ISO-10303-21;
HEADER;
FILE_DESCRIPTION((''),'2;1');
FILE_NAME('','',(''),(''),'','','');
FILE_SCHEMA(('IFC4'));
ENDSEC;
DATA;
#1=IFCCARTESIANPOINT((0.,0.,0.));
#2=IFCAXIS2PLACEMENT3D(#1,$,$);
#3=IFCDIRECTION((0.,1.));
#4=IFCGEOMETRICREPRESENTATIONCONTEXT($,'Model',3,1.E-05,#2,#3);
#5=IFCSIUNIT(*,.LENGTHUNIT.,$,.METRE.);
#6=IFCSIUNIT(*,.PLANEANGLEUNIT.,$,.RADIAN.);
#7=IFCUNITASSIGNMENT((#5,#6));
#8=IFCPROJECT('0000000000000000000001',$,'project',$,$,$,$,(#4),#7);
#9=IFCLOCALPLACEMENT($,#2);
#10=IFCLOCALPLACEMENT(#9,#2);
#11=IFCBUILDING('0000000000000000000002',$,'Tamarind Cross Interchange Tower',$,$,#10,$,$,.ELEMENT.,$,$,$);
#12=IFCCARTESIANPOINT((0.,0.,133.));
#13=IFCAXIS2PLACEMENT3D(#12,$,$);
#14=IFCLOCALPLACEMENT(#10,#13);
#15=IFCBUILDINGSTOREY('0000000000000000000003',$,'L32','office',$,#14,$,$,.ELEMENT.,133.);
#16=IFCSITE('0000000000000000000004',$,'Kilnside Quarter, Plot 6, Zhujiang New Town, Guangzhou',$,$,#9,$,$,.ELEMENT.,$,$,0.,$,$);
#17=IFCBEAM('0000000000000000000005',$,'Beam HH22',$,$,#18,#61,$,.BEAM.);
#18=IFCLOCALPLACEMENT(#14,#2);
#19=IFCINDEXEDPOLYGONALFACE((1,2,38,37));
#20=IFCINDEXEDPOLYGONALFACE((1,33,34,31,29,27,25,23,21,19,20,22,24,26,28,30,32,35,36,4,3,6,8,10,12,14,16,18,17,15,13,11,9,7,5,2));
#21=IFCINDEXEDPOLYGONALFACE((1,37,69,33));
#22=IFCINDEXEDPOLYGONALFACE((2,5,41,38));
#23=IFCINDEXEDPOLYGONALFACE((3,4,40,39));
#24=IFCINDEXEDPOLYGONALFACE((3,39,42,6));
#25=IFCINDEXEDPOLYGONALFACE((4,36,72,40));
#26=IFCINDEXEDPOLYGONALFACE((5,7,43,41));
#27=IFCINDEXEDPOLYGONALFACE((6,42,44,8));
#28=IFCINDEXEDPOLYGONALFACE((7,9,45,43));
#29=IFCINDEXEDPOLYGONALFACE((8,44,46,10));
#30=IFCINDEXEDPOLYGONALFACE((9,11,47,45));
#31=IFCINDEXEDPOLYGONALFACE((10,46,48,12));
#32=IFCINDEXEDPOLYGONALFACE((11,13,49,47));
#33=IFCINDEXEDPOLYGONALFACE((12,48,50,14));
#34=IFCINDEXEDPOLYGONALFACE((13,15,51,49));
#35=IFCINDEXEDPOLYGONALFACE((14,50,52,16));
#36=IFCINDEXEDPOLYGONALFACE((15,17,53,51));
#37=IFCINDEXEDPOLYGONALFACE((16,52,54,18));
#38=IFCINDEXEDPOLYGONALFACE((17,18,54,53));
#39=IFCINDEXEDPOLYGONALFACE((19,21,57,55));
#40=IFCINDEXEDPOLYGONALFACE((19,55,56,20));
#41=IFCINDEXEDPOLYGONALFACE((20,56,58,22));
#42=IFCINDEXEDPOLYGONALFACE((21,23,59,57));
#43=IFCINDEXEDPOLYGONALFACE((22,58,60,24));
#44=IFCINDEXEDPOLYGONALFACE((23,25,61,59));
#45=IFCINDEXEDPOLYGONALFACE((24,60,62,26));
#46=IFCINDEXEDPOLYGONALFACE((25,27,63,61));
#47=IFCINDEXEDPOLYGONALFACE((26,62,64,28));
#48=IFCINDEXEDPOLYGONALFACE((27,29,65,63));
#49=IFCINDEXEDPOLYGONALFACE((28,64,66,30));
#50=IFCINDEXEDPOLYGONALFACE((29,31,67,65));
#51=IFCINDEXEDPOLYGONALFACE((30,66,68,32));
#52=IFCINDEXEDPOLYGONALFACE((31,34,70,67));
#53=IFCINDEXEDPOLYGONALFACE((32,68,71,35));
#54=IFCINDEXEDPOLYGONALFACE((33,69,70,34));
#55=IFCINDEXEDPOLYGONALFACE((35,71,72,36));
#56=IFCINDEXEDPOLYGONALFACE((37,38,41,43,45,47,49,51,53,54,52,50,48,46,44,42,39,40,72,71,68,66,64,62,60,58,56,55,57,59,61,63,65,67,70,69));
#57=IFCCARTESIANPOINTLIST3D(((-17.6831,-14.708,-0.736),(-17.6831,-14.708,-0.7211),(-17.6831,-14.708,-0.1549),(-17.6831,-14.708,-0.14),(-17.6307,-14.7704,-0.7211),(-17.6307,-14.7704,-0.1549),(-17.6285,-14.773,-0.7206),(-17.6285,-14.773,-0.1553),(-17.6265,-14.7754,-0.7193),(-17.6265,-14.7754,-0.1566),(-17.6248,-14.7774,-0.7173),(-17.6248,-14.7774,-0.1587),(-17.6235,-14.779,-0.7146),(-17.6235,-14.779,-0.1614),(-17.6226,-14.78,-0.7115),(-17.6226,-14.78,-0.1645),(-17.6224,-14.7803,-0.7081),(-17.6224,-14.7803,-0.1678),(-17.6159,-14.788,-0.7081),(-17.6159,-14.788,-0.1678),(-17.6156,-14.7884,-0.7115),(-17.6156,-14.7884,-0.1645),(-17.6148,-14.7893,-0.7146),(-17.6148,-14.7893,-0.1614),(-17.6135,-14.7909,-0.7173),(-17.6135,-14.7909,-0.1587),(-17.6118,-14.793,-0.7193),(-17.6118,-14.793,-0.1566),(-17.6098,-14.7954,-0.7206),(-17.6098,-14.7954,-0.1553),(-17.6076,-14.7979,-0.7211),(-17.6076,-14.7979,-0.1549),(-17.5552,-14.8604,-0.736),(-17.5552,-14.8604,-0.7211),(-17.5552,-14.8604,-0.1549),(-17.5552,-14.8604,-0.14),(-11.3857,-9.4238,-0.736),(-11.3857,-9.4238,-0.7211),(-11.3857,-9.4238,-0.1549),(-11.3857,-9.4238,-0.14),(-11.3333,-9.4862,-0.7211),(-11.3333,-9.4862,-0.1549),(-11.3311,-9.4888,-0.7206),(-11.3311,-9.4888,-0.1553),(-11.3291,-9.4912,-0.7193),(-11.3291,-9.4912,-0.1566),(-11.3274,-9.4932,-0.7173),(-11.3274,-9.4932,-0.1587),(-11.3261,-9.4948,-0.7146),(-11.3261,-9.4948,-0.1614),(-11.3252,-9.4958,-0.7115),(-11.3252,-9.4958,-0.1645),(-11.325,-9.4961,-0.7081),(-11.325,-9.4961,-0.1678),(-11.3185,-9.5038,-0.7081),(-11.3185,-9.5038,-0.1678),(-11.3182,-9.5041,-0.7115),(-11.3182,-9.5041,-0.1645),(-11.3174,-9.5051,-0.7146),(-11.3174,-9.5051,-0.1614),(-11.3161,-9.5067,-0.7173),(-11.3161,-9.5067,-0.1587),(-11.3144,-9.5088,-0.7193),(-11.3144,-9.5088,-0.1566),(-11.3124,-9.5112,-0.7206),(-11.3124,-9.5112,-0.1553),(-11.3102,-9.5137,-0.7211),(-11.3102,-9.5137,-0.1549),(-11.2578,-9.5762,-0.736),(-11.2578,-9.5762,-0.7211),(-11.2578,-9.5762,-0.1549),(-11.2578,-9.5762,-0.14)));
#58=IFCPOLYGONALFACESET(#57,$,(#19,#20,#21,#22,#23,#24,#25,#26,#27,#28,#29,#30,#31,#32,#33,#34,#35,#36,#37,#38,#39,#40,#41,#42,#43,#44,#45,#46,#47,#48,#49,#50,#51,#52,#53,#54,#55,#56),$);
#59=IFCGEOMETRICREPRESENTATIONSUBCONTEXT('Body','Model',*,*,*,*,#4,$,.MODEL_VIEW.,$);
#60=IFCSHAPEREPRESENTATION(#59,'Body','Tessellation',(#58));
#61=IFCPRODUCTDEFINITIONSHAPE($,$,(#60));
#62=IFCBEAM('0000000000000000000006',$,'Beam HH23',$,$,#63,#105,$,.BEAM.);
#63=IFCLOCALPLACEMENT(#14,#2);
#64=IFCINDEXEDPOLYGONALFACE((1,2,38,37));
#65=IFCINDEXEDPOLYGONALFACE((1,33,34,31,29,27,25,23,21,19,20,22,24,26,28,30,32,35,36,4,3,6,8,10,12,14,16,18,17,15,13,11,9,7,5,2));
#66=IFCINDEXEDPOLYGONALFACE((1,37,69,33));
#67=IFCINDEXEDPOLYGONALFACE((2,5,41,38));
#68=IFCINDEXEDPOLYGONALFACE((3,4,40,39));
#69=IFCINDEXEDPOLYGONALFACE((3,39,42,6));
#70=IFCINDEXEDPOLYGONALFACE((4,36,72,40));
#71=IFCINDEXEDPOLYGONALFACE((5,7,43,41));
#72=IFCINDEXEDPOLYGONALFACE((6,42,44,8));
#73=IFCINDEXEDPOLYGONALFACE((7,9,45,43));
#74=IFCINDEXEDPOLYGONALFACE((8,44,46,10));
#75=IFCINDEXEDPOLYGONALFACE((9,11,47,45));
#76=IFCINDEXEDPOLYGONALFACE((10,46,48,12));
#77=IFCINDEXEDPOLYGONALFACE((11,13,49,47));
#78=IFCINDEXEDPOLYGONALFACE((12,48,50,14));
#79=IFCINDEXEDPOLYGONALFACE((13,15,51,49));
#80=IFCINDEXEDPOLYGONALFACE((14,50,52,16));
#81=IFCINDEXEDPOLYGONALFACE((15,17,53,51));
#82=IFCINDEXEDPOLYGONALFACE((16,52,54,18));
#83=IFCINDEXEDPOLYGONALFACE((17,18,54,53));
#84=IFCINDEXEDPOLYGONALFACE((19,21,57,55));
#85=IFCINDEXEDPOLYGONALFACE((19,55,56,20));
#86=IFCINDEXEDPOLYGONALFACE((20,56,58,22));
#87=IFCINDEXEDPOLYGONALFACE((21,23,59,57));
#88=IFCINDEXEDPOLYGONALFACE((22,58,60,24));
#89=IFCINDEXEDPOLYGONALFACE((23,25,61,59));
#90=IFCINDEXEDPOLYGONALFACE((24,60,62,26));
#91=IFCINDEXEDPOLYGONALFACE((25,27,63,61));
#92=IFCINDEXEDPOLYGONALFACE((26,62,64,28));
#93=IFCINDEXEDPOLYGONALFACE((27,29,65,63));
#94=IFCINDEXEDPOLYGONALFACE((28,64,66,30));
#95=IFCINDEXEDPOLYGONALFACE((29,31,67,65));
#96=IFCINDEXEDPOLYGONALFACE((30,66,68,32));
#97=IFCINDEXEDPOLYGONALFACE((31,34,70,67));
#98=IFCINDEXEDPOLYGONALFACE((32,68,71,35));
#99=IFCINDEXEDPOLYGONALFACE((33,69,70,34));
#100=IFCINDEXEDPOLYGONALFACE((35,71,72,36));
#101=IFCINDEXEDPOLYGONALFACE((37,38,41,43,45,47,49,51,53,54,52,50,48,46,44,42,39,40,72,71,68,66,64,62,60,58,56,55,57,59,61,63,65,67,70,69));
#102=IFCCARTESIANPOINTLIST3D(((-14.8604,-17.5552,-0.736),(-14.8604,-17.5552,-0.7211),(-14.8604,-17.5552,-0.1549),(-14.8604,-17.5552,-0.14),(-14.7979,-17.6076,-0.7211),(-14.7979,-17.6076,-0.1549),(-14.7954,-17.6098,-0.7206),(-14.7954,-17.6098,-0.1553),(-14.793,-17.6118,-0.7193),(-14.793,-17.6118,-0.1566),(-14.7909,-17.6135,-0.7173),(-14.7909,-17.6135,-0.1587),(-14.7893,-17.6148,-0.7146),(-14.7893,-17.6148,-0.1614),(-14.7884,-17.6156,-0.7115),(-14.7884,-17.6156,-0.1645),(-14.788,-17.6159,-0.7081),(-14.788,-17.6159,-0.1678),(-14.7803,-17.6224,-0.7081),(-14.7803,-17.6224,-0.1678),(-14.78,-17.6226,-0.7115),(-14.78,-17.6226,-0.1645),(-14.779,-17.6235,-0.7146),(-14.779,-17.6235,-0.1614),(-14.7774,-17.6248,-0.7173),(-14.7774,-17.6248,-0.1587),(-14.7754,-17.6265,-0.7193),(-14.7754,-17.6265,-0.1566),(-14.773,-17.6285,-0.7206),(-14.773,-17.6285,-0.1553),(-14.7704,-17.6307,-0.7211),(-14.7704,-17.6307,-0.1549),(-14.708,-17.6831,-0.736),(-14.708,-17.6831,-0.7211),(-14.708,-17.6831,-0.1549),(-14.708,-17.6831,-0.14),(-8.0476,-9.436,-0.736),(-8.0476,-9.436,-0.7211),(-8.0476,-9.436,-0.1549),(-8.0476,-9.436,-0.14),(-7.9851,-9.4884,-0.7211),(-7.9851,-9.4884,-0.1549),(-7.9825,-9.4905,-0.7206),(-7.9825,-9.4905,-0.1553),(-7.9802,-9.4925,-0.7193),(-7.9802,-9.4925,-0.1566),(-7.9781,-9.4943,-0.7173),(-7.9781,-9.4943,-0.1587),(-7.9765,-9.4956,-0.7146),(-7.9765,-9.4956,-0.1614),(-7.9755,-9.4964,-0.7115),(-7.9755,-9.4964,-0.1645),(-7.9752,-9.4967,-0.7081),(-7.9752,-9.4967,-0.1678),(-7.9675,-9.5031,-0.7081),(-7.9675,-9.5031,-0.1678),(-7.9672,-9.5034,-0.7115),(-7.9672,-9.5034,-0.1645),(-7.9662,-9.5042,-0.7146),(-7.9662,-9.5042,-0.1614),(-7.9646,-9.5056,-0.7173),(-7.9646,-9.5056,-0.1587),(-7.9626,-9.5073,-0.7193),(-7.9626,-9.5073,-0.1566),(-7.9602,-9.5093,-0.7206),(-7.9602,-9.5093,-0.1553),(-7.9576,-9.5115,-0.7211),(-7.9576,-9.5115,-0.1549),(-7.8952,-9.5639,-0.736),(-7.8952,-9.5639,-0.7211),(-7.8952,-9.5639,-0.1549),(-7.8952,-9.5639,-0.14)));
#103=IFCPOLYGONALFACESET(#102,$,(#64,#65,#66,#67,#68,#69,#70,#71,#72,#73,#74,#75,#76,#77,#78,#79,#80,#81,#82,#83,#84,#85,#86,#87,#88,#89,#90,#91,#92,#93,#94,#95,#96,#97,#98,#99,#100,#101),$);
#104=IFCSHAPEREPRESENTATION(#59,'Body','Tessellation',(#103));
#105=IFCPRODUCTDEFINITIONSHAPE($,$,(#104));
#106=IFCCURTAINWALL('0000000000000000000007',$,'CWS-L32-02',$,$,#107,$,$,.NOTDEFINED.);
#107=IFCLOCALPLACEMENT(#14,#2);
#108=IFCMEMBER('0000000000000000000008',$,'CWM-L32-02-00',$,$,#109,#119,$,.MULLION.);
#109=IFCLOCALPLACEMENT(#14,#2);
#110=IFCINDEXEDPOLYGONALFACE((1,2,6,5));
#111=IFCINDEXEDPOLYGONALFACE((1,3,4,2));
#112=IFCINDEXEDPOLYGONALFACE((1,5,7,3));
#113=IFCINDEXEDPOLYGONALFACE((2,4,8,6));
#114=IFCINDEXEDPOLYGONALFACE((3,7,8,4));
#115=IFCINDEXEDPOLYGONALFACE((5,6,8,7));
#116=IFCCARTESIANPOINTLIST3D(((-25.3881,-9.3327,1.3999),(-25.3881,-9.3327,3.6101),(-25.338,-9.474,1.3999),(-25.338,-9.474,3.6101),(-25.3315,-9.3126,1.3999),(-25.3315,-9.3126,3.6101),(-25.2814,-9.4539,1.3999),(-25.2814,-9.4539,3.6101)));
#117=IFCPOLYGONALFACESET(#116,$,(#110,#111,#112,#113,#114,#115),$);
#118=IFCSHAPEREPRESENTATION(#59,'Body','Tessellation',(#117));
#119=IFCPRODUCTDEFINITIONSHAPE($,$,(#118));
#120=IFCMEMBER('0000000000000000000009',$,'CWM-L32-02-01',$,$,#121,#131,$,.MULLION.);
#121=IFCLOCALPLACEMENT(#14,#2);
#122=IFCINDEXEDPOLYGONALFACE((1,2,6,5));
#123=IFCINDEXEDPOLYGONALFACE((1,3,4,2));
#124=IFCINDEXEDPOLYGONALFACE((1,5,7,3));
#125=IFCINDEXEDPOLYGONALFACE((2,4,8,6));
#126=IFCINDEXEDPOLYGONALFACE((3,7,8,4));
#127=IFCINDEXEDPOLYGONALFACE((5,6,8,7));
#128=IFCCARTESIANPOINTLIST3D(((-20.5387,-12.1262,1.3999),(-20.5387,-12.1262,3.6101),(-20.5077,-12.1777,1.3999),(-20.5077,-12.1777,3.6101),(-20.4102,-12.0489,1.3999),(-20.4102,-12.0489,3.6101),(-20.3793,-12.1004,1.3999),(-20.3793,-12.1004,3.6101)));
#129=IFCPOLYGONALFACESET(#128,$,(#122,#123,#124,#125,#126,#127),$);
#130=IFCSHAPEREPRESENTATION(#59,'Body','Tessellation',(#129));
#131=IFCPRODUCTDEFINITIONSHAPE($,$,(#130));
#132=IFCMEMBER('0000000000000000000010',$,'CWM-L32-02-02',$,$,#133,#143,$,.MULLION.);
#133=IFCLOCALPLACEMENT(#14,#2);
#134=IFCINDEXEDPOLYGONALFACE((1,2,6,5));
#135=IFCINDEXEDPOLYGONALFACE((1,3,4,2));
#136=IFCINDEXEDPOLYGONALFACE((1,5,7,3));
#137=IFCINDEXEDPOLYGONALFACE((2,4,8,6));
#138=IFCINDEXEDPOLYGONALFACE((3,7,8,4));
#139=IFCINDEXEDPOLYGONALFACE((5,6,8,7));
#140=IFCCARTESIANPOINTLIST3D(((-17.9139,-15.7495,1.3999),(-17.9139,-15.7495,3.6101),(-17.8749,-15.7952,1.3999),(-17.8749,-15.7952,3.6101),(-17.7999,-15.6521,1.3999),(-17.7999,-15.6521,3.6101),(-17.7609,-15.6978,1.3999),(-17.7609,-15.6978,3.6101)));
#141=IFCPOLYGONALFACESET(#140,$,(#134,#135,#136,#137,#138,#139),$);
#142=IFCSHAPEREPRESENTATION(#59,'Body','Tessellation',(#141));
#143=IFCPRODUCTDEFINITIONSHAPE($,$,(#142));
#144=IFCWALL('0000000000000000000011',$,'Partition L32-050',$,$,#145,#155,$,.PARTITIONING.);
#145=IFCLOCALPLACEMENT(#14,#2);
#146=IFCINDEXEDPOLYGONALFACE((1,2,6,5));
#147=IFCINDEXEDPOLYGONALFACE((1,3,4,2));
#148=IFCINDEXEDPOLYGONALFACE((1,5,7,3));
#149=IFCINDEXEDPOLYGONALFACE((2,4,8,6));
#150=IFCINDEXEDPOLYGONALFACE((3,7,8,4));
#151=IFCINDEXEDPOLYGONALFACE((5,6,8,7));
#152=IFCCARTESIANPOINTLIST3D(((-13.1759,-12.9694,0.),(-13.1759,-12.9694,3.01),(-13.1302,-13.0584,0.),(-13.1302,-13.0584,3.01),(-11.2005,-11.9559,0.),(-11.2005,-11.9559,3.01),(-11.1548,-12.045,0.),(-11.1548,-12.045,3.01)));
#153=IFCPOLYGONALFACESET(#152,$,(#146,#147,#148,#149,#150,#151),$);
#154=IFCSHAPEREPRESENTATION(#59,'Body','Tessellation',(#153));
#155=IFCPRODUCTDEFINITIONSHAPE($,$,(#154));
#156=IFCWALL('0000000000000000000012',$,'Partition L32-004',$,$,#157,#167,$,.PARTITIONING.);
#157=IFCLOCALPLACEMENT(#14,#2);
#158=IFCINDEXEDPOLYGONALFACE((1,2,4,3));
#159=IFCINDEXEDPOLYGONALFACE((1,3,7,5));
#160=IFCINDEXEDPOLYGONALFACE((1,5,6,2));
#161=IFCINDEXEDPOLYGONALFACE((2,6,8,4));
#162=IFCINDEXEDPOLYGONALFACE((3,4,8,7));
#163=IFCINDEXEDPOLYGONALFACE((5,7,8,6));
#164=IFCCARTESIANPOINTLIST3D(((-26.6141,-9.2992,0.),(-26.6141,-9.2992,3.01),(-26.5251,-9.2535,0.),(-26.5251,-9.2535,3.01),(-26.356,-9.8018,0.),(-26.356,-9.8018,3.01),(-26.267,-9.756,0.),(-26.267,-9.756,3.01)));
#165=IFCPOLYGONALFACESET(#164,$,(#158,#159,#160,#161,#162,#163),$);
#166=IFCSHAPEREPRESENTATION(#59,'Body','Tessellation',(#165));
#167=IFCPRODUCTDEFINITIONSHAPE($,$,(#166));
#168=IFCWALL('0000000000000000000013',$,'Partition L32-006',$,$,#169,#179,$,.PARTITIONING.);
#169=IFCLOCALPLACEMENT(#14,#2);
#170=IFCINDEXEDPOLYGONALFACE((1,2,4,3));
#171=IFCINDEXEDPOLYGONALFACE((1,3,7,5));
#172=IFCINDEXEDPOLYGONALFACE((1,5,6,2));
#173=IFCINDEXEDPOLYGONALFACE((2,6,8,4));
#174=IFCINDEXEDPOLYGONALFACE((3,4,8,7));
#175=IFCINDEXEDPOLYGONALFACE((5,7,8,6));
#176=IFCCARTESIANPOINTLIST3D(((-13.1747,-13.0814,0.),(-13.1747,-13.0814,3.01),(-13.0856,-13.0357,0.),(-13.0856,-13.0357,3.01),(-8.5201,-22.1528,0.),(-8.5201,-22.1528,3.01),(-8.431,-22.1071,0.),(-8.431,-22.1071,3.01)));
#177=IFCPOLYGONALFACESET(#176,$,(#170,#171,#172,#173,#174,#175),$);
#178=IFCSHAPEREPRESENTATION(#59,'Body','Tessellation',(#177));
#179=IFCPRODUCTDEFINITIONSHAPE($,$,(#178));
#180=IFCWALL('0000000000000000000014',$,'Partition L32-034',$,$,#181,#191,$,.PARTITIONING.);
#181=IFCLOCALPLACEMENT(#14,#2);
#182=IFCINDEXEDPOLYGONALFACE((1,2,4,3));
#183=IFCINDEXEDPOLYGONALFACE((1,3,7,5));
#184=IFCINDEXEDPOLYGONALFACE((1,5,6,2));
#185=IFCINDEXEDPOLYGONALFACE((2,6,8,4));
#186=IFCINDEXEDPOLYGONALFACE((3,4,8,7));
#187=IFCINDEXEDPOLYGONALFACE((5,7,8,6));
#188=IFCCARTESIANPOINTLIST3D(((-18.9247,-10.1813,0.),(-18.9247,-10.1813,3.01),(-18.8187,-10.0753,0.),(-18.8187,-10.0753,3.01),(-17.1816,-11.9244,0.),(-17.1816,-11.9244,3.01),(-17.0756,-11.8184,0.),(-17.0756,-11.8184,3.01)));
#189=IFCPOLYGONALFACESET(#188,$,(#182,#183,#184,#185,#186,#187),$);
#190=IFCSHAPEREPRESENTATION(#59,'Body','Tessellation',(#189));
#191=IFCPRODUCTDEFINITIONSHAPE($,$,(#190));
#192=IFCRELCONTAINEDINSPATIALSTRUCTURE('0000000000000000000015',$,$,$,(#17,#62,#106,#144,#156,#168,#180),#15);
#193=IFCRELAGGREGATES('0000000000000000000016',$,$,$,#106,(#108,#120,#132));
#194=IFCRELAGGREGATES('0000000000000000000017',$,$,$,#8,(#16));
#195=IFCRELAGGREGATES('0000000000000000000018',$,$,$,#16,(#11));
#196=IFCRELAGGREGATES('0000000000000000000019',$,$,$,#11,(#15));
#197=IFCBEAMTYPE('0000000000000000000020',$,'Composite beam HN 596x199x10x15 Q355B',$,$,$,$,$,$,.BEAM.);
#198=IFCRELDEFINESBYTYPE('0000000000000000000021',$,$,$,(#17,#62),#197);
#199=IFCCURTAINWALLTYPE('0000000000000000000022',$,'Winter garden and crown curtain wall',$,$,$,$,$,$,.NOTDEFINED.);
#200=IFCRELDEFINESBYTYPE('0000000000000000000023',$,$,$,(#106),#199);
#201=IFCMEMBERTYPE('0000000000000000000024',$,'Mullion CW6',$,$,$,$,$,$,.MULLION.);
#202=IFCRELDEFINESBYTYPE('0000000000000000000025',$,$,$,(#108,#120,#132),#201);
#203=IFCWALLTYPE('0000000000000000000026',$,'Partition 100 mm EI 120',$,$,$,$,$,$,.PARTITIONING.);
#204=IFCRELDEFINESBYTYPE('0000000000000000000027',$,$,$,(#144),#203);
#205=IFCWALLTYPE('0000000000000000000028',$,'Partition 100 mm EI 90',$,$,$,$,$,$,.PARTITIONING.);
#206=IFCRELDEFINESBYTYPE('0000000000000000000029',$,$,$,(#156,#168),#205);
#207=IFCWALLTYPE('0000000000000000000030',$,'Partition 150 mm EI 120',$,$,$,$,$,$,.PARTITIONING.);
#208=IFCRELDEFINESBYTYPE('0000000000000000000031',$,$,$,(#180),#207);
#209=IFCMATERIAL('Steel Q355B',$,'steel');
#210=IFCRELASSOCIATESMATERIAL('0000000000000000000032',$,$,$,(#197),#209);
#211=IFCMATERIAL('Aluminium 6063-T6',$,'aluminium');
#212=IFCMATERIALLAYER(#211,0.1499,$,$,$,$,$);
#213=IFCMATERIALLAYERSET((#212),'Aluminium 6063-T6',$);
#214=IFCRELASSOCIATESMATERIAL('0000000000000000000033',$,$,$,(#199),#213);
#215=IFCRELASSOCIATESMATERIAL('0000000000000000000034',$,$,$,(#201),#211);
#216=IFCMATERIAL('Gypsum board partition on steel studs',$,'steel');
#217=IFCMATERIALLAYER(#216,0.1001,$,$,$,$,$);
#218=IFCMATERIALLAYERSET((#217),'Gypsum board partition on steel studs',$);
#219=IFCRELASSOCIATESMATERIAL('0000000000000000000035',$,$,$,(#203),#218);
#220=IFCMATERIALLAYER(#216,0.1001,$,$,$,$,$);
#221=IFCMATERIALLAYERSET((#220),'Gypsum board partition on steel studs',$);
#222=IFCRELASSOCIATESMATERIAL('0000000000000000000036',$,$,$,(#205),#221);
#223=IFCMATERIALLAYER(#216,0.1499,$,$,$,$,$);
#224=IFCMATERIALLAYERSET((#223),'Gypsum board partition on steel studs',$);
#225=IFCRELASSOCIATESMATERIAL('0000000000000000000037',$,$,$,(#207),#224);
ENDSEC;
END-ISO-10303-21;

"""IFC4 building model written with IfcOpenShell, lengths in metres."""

from ifc_helpers import new_model, si_unit, direction, frame, frame_2d, origin, origin_2d, place, context, subcontext, project, spatial, rectangle, i_section, extrude, material, layer, layer_set, material_profile, profile_set, type_object, element, aggregate, save


model = new_model("IFC4")

# Units and contexts
model_context = context("Model", 3, precision=1e-05, world=origin(), true_north=direction((0.0, 1.0)))
body_context = subcontext(model_context, "Body", "Model", "MODEL_VIEW")
ifc_project = project(units=[si_unit("LENGTHUNIT", "METRE"), si_unit("PLANEANGLEUNIT", "RADIAN")], contexts=[model_context])

# Site, building, storey
site_placement = place(None, origin())
site = spatial("IfcSite", under=ifc_project, at=site_placement, Name="Kilnside Quarter, Plot 6, Zhujiang New Town, Guangzhou", CompositionType="ELEMENT", RefElevation=0.0)
building_placement = place(site_placement, origin())
building = spatial("IfcBuilding", under=site, at=building_placement, Name="Tamarind Cross Interchange Tower", CompositionType="ELEMENT")
storey_placement = place(building_placement, frame((0.0, 0.0, 133.0)))
storey = spatial("IfcBuildingStorey", under=building, at=storey_placement, Name="L32", Description="office", CompositionType="ELEMENT", Elevation=133.0)

# Beams
ifc_material_1 = material(Name="Steel Q355B", Category="steel")
ifc_material_profile_1 = material_profile(ifc_material_1, i_section(OverallWidth=0.199, OverallDepth=0.5959, WebThickness=0.01, FlangeThickness=0.0149, FilletRadius=0.0129, at=origin_2d()), Name="HN 596x199x10x15")
ifc_profile_set_1 = profile_set([ifc_material_profile_1], Name="Steel Q355B")
beam_type = type_object("IfcBeamType", Name="Composite beam HN 596x199x10x15 Q355B", PredefinedType="BEAM", material=ifc_profile_set_1)
beam_1_placement = place(storey_placement, frame((-17.6191, -14.7842, -0.438), z_axis=(0.766041, 0.642792, 0.0), x_axis=(-0.642792, 0.766041, 0.0)))
element("IfcBeam", 1, at=beam_1_placement, inside=storey, type_object=beam_type, Name="Beam HH22", PredefinedType="BEAM", context=body_context, shape_type="SweptSolid", body=[
    extrude(i_section(OverallWidth=0.199, OverallDepth=0.5959, WebThickness=0.01, FlangeThickness=0.0149, FilletRadius=0.0129, at=origin_2d()), origin(), (0.0, 0.0, 1.0), 8.2207),
])
beam_2_placement = place(storey_placement, frame((-14.7842, -17.6191, -0.438), z_axis=(0.642786, 0.766046, 0.0), x_axis=(-0.766046, 0.642786, 0.0)))
element("IfcBeam", 2, at=beam_2_placement, inside=storey, type_object=beam_type, Name="Beam HH23", PredefinedType="BEAM", context=body_context, shape_type="SweptSolid", body=[
    extrude(i_section(OverallWidth=0.199, OverallDepth=0.5959, WebThickness=0.01, FlangeThickness=0.0149, FilletRadius=0.0129, at=origin_2d()), origin(), (0.0, 0.0, 1.0), 10.5989),
])

# Curtain wall, members
ifc_material_2 = material(Name="Aluminium 6063-T6", Category="aluminium")
ifc_layer_1 = layer(ifc_material_2, 0.1499)
ifc_layer_set_1 = layer_set([ifc_layer_1], Name="Aluminium 6063-T6")
curtain_wall_type = type_object("IfcCurtainWallType", Name="Winter garden and crown curtain wall", PredefinedType="NOTDEFINED", material=ifc_layer_set_1)
curtain_wall_placement = place(storey_placement, origin())
curtain_wall = element("IfcCurtainWall", 3, at=curtain_wall_placement, inside=storey, type_object=curtain_wall_type, Name="CWS-L32-02", PredefinedType="NOTDEFINED")
ifc_material_profile_2 = material_profile(ifc_material_2, rectangle(XDim=0.0601, YDim=0.1499, at=origin_2d()), Name="Mullion CW6")
ifc_profile_set_2 = profile_set([ifc_material_profile_2], Name="Aluminium 6063-T6")
member_type = type_object("IfcMemberType", Name="Mullion CW6", PredefinedType="MULLION", material=ifc_profile_set_2)
member_1_placement = place(storey_placement, frame((-25.3347, -9.3933, 1.3999), z_axis=(0.0, 0.0, 1.0), x_axis=(0.942541, 0.334091, 0.0)))
member_1 = element("IfcMember", 4, at=member_1_placement, type_object=member_type, Name="CWM-L32-02-00", PredefinedType="MULLION", context=body_context, shape_type="SweptSolid", body=[
    extrude(rectangle(XDim=0.0601, YDim=0.1499, at=origin_2d()), origin(), (0.0, 0.0, 1.0), 2.2102),
])
member_2_placement = place(storey_placement, frame((-20.459, -12.1133, 1.3999), z_axis=(0.0, 0.0, 1.0), x_axis=(0.515577, -0.856843, 0.0)))
member_2 = element("IfcMember", 5, at=member_2_placement, type_object=member_type, Name="CWM-L32-02-01", PredefinedType="MULLION", context=body_context, shape_type="SweptSolid", body=[
    extrude(rectangle(XDim=0.0601, YDim=0.1499, at=origin_2d()), origin(), (0.0, 0.0, 1.0), 2.2102),
])
member_3_placement = place(storey_placement, frame((-17.8374, -15.7236, 1.3999), z_axis=(0.0, 0.0, 1.0), x_axis=(0.649577, -0.760296, 0.0)))
member_3 = element("IfcMember", 6, at=member_3_placement, type_object=member_type, Name="CWM-L32-02-02", PredefinedType="MULLION", context=body_context, shape_type="SweptSolid", body=[
    extrude(rectangle(XDim=0.0601, YDim=0.1499, at=origin_2d()), origin(), (0.0, 0.0, 1.0), 2.2102),
])
aggregate(curtain_wall, [member_1, member_2, member_3])

# Walls
ifc_material_3 = material(Name="Gypsum board partition on steel studs", Category="steel")
ifc_layer_2 = layer(ifc_material_3, 0.1001)
ifc_layer_set_2 = layer_set([ifc_layer_2], Name="Gypsum board partition on steel studs")
wall_type_1 = type_object("IfcWallType", Name="Partition 100 mm EI 120", PredefinedType="PARTITIONING", material=ifc_layer_set_2)
wall_1_placement = place(storey_placement, frame((-13.1531, -13.0139, 0.0), z_axis=(0.0, 0.0, 1.0), x_axis=(0.889738, 0.456471, 0.0)))
element("IfcWall", 7, at=wall_1_placement, inside=storey, type_object=wall_type_1, Name="Partition L32-050", PredefinedType="PARTITIONING", context=body_context, shape_type="SweptSolid", body=[
    extrude(rectangle(XDim=2.2202, YDim=0.1001, at=frame_2d((1.1101, 0.0))), origin(), (0.0, 0.0, 1.0), 3.01),
])
ifc_layer_3 = layer(ifc_material_3, 0.1001)
ifc_layer_set_3 = layer_set([ifc_layer_3], Name="Gypsum board partition on steel studs")
wall_type_2 = type_object("IfcWallType", Name="Partition 100 mm EI 90", PredefinedType="PARTITIONING", material=ifc_layer_set_3)
wall_2_placement = place(storey_placement, frame((-26.5696, -9.2764, 0.0), z_axis=(0.0, 0.0, 1.0), x_axis=(0.456869, -0.889534, 0.0)))
element("IfcWall", 8, at=wall_2_placement, inside=storey, type_object=wall_type_2, Name="Partition L32-004", PredefinedType="PARTITIONING", context=body_context, shape_type="SweptSolid", body=[
    extrude(rectangle(XDim=0.5649, YDim=0.1001, at=frame_2d((0.2825, 0.0))), origin(), (0.0, 0.0, 1.0), 3.01),
])
wall_3_placement = place(storey_placement, frame((-13.1301, -13.0586, 0.0), z_axis=(0.0, 0.0, 1.0), x_axis=(0.456518, -0.889714, 0.0)))
element("IfcWall", 9, at=wall_3_placement, inside=storey, type_object=wall_type_2, Name="Partition L32-006", PredefinedType="PARTITIONING", context=body_context, shape_type="SweptSolid", body=[
    extrude(rectangle(XDim=10.1958, YDim=0.1001, at=frame_2d((5.0979, 0.0))), origin(), (0.0, 0.0, 1.0), 3.01),
])
ifc_layer_4 = layer(ifc_material_3, 0.1499)
ifc_layer_set_4 = layer_set([ifc_layer_4], Name="Gypsum board partition on steel studs")
wall_type_3 = type_object("IfcWallType", Name="Partition 150 mm EI 120", PredefinedType="PARTITIONING", material=ifc_layer_set_4)
wall_4_placement = place(storey_placement, frame((-18.8716, -10.1284, 0.0), z_axis=(0.0, 0.0, 1.0), x_axis=(0.707107, -0.707107, 0.0)))
element("IfcWall", 10, at=wall_4_placement, inside=storey, type_object=wall_type_3, Name="Partition L32-034", PredefinedType="PARTITIONING", context=body_context, shape_type="SweptSolid", body=[
    extrude(rectangle(XDim=2.4651, YDim=0.1499, at=frame_2d((1.2324, 0.0))), origin(), (0.0, 0.0, 1.0), 3.01),
])

save(model, "model.ifc")
